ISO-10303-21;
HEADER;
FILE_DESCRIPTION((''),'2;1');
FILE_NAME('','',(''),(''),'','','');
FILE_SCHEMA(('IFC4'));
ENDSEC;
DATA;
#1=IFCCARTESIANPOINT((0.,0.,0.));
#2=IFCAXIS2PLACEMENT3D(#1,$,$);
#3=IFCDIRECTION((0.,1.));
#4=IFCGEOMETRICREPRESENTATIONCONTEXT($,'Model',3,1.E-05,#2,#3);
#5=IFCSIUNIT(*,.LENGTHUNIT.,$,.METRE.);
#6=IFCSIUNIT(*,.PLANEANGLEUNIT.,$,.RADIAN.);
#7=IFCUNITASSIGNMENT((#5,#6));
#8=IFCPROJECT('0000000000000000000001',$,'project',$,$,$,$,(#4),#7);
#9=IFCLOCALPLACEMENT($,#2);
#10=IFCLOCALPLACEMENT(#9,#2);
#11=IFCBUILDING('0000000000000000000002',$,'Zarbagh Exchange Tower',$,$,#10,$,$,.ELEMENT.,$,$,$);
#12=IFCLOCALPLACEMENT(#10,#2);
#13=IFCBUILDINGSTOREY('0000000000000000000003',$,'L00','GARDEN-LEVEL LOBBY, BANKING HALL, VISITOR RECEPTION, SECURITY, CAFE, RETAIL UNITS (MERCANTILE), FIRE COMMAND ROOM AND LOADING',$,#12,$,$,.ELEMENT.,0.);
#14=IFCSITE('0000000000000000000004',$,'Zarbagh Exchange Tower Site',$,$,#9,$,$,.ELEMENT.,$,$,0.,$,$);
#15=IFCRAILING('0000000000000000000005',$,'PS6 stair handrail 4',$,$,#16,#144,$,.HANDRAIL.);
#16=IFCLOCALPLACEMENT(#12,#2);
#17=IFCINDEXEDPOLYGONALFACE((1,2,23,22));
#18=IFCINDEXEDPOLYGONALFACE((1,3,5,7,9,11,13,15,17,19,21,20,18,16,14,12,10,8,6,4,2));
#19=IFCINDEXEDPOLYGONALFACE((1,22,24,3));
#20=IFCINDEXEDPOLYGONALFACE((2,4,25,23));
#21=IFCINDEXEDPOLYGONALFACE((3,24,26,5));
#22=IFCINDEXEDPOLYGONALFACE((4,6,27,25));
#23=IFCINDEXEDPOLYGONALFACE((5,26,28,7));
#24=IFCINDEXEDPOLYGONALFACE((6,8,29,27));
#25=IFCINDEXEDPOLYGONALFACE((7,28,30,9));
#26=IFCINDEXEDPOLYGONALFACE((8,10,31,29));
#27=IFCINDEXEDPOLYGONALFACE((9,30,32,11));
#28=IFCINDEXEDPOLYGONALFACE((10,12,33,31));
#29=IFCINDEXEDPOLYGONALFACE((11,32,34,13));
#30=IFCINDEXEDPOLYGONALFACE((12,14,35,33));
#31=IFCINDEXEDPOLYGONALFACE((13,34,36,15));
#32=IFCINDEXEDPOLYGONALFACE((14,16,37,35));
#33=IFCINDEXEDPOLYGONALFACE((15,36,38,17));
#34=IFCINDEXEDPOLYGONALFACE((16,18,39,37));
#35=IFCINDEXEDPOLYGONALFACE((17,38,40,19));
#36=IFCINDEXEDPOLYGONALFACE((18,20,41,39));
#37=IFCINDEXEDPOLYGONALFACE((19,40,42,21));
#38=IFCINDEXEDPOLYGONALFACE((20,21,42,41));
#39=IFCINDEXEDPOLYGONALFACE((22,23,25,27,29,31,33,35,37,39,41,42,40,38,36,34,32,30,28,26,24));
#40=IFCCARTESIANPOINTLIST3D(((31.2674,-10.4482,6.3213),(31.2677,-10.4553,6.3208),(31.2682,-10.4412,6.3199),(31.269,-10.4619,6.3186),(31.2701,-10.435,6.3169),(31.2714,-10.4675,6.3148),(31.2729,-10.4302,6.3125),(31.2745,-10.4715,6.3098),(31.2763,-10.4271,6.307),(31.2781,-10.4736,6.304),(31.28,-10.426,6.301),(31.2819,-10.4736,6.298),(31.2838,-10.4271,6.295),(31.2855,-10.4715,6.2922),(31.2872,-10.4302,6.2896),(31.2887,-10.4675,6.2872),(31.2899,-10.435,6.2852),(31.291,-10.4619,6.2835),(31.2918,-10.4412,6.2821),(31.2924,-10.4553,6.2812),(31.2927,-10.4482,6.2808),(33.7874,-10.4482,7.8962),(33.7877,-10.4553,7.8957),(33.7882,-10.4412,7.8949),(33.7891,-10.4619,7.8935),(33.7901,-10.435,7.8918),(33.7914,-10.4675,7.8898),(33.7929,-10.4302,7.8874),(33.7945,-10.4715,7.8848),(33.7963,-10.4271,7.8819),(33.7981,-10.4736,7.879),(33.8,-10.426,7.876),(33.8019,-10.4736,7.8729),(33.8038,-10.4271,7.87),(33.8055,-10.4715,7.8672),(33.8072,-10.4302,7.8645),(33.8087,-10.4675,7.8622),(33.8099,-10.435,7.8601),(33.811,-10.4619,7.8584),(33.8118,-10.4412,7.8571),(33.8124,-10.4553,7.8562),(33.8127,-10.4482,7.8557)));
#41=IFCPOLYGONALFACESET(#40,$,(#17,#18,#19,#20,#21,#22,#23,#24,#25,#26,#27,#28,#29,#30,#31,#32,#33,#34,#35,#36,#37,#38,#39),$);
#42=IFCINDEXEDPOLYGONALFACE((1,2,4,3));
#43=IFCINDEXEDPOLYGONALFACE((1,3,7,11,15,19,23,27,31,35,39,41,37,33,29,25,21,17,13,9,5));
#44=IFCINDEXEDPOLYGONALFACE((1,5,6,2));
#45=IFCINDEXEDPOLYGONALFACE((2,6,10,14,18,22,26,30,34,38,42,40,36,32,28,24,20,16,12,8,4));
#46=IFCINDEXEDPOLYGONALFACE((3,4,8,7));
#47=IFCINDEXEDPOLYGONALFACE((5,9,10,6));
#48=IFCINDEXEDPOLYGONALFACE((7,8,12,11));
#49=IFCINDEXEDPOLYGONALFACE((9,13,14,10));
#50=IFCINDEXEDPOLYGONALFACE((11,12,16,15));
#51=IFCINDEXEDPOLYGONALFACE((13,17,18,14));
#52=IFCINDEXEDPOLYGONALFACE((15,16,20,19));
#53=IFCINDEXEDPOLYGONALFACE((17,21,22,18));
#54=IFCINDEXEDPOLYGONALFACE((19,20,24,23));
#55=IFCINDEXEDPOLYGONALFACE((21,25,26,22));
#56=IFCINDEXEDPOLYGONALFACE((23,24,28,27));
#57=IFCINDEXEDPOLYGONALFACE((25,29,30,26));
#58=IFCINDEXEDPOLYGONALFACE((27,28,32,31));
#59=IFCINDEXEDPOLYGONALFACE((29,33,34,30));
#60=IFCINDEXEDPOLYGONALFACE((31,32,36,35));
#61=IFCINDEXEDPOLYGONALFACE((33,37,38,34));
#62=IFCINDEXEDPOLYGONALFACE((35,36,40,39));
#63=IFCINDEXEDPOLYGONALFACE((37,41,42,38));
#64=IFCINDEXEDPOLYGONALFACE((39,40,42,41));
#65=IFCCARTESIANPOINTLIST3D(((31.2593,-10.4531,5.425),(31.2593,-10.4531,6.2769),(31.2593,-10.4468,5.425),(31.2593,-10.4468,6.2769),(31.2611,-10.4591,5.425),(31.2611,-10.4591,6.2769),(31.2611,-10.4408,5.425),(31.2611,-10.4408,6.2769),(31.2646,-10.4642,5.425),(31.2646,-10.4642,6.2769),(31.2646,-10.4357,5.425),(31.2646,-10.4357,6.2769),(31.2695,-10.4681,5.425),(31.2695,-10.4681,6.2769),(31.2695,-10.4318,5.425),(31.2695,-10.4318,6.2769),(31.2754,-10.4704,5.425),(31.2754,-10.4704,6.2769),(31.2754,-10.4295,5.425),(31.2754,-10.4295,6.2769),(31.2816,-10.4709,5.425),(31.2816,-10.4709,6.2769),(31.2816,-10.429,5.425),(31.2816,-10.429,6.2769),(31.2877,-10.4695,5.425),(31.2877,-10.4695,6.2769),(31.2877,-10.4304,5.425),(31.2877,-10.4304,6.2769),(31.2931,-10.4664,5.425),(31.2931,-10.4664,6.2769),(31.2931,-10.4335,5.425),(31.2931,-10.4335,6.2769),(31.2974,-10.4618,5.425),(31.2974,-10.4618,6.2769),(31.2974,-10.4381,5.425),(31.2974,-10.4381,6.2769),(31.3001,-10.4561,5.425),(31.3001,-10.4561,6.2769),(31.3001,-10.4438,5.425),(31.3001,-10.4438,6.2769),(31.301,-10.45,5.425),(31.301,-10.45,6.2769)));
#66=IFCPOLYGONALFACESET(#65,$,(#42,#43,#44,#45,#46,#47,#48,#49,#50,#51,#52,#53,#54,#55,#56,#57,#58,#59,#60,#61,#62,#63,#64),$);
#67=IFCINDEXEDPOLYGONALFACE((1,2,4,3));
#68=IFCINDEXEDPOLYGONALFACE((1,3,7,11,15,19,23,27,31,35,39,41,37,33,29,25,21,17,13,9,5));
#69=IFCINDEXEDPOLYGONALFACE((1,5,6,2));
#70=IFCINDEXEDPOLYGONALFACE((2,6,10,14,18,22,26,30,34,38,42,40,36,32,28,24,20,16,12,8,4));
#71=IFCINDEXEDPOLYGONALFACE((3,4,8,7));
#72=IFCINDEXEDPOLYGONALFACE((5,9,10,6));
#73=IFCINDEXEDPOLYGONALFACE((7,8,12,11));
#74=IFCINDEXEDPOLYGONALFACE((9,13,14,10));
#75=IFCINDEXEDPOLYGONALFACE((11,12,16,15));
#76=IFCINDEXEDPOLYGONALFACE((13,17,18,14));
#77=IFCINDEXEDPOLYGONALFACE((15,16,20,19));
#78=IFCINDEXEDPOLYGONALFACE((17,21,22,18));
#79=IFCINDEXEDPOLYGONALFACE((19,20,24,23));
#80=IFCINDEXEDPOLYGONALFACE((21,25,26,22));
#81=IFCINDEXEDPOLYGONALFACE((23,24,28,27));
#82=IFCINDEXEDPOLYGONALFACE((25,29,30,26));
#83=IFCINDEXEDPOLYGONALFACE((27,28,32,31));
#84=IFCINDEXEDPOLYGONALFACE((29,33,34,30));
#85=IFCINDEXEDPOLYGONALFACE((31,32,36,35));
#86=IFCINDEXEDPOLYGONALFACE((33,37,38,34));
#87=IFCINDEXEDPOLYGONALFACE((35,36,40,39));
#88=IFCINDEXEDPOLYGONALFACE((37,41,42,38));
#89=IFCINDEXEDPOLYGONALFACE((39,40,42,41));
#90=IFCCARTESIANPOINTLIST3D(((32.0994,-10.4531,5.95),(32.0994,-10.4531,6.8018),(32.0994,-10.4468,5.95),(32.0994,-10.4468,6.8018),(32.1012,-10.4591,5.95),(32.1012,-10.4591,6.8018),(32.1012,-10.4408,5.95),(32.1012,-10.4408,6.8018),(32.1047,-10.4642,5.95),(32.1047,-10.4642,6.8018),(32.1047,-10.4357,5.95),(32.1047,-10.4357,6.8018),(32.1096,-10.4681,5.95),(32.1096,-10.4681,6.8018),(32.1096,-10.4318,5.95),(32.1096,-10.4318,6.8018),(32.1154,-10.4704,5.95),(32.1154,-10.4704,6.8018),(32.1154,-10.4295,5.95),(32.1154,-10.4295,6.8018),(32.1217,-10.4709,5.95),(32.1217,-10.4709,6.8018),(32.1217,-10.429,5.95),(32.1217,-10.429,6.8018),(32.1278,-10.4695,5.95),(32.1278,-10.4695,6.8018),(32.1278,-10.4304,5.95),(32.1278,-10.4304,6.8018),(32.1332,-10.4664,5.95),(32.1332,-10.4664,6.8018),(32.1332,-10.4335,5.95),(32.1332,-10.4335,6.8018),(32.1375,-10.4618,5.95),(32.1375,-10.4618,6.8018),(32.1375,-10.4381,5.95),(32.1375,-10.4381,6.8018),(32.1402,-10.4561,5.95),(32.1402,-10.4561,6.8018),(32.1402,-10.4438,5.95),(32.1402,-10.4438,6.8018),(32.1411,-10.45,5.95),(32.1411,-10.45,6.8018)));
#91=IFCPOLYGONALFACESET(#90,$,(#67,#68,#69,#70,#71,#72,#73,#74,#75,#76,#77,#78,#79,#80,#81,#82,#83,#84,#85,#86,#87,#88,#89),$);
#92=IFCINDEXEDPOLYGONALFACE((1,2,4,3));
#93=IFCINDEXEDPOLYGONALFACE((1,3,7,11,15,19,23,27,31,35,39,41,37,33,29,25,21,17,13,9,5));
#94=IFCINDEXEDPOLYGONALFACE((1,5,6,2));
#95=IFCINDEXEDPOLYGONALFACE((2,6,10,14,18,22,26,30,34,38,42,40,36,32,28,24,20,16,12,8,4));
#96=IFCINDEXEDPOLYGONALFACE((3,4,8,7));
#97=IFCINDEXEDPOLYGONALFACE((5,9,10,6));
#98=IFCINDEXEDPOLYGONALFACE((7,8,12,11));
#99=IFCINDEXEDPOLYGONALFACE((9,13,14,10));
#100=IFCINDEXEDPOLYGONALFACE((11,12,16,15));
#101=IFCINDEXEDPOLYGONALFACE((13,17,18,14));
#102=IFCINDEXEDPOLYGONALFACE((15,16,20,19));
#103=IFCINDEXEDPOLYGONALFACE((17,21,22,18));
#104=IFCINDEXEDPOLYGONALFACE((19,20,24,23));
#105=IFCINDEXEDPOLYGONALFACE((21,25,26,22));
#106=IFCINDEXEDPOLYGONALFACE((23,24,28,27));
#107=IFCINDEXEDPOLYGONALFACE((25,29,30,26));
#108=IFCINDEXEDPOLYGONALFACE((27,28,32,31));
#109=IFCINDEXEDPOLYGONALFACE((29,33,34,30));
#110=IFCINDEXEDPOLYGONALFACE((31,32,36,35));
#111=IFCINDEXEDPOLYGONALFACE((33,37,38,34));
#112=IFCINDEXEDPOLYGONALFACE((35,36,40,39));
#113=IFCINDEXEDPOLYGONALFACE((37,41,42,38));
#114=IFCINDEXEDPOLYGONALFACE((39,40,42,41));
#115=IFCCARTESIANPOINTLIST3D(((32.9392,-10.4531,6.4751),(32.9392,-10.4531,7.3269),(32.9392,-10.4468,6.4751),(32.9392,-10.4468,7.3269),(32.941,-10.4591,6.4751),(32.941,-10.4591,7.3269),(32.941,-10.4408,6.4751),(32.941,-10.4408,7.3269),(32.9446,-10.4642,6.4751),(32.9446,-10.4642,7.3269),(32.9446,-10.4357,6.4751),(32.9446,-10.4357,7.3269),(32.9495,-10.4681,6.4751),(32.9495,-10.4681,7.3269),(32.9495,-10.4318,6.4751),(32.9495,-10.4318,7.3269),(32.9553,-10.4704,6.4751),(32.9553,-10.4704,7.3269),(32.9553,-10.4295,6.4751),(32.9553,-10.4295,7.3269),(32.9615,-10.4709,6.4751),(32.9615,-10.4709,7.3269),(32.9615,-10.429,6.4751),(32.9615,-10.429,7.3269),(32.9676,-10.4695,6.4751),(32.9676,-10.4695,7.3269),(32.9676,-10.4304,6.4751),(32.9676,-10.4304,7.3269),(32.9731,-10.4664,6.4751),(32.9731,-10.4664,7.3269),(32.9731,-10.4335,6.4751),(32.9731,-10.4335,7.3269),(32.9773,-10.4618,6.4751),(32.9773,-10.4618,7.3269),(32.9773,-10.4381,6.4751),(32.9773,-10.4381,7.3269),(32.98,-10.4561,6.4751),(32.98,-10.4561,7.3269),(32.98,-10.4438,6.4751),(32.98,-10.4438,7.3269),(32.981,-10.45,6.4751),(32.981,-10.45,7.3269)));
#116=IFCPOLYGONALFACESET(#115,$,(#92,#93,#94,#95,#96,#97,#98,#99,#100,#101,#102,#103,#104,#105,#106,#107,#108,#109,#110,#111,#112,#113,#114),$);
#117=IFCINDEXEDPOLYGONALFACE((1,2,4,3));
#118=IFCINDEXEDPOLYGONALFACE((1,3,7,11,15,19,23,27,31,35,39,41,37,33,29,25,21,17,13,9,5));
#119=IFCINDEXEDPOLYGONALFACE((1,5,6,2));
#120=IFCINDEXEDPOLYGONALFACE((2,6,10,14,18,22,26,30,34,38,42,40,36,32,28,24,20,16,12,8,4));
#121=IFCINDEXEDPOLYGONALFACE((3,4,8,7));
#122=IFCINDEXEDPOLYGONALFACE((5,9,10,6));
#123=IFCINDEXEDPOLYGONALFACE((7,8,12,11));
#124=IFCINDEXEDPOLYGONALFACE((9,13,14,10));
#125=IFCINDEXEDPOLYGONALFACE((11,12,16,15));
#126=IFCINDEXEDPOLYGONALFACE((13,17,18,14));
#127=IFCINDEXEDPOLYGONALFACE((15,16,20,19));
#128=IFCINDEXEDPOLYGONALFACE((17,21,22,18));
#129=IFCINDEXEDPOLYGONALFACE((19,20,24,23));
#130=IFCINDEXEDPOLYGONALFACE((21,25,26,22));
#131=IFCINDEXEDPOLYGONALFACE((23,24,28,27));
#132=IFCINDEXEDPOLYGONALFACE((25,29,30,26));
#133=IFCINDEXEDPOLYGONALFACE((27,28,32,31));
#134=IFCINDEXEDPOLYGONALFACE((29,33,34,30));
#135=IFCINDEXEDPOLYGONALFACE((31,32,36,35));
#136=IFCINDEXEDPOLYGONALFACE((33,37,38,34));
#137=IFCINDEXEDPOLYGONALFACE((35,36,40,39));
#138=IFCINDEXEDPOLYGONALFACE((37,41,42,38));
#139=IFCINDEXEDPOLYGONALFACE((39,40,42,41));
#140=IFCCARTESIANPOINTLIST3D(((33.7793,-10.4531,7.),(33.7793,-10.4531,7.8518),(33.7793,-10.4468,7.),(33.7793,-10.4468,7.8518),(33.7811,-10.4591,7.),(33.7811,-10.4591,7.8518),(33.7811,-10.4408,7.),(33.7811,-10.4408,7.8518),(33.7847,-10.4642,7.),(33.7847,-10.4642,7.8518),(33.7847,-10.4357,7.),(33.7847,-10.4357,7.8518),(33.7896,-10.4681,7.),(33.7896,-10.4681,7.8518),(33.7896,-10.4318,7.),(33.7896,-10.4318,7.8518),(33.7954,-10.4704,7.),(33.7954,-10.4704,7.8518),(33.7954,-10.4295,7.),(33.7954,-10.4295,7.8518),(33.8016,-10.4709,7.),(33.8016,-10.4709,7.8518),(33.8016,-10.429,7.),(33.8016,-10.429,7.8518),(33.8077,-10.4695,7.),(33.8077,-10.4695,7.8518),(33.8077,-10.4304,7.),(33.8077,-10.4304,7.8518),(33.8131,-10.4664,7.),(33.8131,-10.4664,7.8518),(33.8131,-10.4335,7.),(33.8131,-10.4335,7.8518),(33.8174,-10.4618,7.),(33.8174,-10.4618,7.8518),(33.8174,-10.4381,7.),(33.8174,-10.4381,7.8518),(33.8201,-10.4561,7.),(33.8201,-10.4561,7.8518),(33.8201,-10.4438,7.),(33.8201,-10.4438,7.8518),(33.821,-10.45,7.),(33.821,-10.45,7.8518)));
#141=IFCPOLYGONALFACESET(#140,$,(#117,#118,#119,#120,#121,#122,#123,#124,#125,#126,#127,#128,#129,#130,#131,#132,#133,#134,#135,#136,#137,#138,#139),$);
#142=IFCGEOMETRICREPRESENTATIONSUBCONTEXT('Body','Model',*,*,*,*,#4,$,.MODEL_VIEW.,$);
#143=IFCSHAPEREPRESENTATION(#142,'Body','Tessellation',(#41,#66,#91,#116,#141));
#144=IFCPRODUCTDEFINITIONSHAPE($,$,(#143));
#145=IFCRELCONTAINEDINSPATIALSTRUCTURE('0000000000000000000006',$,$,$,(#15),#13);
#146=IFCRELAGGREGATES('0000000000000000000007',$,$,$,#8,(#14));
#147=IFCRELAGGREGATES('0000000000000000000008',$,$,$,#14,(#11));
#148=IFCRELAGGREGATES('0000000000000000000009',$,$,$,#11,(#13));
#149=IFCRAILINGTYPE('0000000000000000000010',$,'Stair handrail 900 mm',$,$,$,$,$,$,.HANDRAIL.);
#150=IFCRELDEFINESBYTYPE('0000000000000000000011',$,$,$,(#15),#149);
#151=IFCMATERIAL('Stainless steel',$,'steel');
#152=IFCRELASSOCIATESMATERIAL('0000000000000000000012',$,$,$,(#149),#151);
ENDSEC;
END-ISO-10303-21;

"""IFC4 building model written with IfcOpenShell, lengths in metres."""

from ifc_helpers import new_model, si_unit, direction, frame, origin, origin_2d, place, context, subcontext, project, spatial, circle, extrude, material, type_object, element, save


model = new_model("IFC4")

# Units and contexts
model_context = context("Model", 3, precision=1e-05, world=origin(), true_north=direction((0.0, 1.0)))
body_context = subcontext(model_context, "Body", "Model", "MODEL_VIEW")
ifc_project = project(units=[si_unit("LENGTHUNIT", "METRE"), si_unit("PLANEANGLEUNIT", "RADIAN")], contexts=[model_context])

# Site, building, storey
site_placement = place(None, origin())
site = spatial("IfcSite", under=ifc_project, at=site_placement, Name="Zarbagh Exchange Tower Site", CompositionType="ELEMENT", RefElevation=0.0)
building_placement = place(site_placement, origin())
building = spatial("IfcBuilding", under=site, at=building_placement, Name="Zarbagh Exchange Tower", CompositionType="ELEMENT")
storey_placement = place(building_placement, origin())
storey = spatial("IfcBuildingStorey", under=building, at=storey_placement, Name="L00", Description="GARDEN-LEVEL LOBBY, BANKING HALL, VISITOR RECEPTION, SECURITY, CAFE, RETAIL UNITS (MERCANTILE), FIRE COMMAND ROOM AND LOADING", CompositionType="ELEMENT", Elevation=0.0)

# Railing
ifc_material_1 = material(Name="Stainless steel", Category="steel")
railing_type_1 = type_object("IfcRailingType", Name="Stair handrail 900 mm", PredefinedType="HANDRAIL", material=ifc_material_1)
for number, where, name in (
    (1, (31.28, -10.45, 5.425), "PS6 stair handrail 4"),
):
    element("IfcRailing", number, at=place(storey_placement, frame(where)), inside=storey, type_object=railing_type_1, Name=name, PredefinedType="HANDRAIL", context=body_context, shape_type="SweptSolid", body=[
        extrude(circle(Radius=0.0239, at=origin_2d()), frame((0.0, 0.0, 0.876), z_axis=(0.848008, 0.0, 0.529984), x_axis=(0.0, 1.0, 0.0)), (0.0, 0.0, 1.0), 2.9717),
        extrude(circle(Radius=0.021, at=origin_2d()), origin(), (0.0, 0.0, 1.0), 0.8518),
        extrude(circle(Radius=0.021, at=origin_2d()), frame((0.8401, 0.0, 0.5249)), (0.0, 0.0, 1.0), 0.8518),
        extrude(circle(Radius=0.021, at=origin_2d()), frame((1.6799, 0.0, 1.05)), (0.0, 0.0, 1.0), 0.8518),
        extrude(circle(Radius=0.021, at=origin_2d()), frame((2.52, 0.0, 1.575)), (0.0, 0.0, 1.0), 0.8518),
    ])

save(model, "model.ifc")
